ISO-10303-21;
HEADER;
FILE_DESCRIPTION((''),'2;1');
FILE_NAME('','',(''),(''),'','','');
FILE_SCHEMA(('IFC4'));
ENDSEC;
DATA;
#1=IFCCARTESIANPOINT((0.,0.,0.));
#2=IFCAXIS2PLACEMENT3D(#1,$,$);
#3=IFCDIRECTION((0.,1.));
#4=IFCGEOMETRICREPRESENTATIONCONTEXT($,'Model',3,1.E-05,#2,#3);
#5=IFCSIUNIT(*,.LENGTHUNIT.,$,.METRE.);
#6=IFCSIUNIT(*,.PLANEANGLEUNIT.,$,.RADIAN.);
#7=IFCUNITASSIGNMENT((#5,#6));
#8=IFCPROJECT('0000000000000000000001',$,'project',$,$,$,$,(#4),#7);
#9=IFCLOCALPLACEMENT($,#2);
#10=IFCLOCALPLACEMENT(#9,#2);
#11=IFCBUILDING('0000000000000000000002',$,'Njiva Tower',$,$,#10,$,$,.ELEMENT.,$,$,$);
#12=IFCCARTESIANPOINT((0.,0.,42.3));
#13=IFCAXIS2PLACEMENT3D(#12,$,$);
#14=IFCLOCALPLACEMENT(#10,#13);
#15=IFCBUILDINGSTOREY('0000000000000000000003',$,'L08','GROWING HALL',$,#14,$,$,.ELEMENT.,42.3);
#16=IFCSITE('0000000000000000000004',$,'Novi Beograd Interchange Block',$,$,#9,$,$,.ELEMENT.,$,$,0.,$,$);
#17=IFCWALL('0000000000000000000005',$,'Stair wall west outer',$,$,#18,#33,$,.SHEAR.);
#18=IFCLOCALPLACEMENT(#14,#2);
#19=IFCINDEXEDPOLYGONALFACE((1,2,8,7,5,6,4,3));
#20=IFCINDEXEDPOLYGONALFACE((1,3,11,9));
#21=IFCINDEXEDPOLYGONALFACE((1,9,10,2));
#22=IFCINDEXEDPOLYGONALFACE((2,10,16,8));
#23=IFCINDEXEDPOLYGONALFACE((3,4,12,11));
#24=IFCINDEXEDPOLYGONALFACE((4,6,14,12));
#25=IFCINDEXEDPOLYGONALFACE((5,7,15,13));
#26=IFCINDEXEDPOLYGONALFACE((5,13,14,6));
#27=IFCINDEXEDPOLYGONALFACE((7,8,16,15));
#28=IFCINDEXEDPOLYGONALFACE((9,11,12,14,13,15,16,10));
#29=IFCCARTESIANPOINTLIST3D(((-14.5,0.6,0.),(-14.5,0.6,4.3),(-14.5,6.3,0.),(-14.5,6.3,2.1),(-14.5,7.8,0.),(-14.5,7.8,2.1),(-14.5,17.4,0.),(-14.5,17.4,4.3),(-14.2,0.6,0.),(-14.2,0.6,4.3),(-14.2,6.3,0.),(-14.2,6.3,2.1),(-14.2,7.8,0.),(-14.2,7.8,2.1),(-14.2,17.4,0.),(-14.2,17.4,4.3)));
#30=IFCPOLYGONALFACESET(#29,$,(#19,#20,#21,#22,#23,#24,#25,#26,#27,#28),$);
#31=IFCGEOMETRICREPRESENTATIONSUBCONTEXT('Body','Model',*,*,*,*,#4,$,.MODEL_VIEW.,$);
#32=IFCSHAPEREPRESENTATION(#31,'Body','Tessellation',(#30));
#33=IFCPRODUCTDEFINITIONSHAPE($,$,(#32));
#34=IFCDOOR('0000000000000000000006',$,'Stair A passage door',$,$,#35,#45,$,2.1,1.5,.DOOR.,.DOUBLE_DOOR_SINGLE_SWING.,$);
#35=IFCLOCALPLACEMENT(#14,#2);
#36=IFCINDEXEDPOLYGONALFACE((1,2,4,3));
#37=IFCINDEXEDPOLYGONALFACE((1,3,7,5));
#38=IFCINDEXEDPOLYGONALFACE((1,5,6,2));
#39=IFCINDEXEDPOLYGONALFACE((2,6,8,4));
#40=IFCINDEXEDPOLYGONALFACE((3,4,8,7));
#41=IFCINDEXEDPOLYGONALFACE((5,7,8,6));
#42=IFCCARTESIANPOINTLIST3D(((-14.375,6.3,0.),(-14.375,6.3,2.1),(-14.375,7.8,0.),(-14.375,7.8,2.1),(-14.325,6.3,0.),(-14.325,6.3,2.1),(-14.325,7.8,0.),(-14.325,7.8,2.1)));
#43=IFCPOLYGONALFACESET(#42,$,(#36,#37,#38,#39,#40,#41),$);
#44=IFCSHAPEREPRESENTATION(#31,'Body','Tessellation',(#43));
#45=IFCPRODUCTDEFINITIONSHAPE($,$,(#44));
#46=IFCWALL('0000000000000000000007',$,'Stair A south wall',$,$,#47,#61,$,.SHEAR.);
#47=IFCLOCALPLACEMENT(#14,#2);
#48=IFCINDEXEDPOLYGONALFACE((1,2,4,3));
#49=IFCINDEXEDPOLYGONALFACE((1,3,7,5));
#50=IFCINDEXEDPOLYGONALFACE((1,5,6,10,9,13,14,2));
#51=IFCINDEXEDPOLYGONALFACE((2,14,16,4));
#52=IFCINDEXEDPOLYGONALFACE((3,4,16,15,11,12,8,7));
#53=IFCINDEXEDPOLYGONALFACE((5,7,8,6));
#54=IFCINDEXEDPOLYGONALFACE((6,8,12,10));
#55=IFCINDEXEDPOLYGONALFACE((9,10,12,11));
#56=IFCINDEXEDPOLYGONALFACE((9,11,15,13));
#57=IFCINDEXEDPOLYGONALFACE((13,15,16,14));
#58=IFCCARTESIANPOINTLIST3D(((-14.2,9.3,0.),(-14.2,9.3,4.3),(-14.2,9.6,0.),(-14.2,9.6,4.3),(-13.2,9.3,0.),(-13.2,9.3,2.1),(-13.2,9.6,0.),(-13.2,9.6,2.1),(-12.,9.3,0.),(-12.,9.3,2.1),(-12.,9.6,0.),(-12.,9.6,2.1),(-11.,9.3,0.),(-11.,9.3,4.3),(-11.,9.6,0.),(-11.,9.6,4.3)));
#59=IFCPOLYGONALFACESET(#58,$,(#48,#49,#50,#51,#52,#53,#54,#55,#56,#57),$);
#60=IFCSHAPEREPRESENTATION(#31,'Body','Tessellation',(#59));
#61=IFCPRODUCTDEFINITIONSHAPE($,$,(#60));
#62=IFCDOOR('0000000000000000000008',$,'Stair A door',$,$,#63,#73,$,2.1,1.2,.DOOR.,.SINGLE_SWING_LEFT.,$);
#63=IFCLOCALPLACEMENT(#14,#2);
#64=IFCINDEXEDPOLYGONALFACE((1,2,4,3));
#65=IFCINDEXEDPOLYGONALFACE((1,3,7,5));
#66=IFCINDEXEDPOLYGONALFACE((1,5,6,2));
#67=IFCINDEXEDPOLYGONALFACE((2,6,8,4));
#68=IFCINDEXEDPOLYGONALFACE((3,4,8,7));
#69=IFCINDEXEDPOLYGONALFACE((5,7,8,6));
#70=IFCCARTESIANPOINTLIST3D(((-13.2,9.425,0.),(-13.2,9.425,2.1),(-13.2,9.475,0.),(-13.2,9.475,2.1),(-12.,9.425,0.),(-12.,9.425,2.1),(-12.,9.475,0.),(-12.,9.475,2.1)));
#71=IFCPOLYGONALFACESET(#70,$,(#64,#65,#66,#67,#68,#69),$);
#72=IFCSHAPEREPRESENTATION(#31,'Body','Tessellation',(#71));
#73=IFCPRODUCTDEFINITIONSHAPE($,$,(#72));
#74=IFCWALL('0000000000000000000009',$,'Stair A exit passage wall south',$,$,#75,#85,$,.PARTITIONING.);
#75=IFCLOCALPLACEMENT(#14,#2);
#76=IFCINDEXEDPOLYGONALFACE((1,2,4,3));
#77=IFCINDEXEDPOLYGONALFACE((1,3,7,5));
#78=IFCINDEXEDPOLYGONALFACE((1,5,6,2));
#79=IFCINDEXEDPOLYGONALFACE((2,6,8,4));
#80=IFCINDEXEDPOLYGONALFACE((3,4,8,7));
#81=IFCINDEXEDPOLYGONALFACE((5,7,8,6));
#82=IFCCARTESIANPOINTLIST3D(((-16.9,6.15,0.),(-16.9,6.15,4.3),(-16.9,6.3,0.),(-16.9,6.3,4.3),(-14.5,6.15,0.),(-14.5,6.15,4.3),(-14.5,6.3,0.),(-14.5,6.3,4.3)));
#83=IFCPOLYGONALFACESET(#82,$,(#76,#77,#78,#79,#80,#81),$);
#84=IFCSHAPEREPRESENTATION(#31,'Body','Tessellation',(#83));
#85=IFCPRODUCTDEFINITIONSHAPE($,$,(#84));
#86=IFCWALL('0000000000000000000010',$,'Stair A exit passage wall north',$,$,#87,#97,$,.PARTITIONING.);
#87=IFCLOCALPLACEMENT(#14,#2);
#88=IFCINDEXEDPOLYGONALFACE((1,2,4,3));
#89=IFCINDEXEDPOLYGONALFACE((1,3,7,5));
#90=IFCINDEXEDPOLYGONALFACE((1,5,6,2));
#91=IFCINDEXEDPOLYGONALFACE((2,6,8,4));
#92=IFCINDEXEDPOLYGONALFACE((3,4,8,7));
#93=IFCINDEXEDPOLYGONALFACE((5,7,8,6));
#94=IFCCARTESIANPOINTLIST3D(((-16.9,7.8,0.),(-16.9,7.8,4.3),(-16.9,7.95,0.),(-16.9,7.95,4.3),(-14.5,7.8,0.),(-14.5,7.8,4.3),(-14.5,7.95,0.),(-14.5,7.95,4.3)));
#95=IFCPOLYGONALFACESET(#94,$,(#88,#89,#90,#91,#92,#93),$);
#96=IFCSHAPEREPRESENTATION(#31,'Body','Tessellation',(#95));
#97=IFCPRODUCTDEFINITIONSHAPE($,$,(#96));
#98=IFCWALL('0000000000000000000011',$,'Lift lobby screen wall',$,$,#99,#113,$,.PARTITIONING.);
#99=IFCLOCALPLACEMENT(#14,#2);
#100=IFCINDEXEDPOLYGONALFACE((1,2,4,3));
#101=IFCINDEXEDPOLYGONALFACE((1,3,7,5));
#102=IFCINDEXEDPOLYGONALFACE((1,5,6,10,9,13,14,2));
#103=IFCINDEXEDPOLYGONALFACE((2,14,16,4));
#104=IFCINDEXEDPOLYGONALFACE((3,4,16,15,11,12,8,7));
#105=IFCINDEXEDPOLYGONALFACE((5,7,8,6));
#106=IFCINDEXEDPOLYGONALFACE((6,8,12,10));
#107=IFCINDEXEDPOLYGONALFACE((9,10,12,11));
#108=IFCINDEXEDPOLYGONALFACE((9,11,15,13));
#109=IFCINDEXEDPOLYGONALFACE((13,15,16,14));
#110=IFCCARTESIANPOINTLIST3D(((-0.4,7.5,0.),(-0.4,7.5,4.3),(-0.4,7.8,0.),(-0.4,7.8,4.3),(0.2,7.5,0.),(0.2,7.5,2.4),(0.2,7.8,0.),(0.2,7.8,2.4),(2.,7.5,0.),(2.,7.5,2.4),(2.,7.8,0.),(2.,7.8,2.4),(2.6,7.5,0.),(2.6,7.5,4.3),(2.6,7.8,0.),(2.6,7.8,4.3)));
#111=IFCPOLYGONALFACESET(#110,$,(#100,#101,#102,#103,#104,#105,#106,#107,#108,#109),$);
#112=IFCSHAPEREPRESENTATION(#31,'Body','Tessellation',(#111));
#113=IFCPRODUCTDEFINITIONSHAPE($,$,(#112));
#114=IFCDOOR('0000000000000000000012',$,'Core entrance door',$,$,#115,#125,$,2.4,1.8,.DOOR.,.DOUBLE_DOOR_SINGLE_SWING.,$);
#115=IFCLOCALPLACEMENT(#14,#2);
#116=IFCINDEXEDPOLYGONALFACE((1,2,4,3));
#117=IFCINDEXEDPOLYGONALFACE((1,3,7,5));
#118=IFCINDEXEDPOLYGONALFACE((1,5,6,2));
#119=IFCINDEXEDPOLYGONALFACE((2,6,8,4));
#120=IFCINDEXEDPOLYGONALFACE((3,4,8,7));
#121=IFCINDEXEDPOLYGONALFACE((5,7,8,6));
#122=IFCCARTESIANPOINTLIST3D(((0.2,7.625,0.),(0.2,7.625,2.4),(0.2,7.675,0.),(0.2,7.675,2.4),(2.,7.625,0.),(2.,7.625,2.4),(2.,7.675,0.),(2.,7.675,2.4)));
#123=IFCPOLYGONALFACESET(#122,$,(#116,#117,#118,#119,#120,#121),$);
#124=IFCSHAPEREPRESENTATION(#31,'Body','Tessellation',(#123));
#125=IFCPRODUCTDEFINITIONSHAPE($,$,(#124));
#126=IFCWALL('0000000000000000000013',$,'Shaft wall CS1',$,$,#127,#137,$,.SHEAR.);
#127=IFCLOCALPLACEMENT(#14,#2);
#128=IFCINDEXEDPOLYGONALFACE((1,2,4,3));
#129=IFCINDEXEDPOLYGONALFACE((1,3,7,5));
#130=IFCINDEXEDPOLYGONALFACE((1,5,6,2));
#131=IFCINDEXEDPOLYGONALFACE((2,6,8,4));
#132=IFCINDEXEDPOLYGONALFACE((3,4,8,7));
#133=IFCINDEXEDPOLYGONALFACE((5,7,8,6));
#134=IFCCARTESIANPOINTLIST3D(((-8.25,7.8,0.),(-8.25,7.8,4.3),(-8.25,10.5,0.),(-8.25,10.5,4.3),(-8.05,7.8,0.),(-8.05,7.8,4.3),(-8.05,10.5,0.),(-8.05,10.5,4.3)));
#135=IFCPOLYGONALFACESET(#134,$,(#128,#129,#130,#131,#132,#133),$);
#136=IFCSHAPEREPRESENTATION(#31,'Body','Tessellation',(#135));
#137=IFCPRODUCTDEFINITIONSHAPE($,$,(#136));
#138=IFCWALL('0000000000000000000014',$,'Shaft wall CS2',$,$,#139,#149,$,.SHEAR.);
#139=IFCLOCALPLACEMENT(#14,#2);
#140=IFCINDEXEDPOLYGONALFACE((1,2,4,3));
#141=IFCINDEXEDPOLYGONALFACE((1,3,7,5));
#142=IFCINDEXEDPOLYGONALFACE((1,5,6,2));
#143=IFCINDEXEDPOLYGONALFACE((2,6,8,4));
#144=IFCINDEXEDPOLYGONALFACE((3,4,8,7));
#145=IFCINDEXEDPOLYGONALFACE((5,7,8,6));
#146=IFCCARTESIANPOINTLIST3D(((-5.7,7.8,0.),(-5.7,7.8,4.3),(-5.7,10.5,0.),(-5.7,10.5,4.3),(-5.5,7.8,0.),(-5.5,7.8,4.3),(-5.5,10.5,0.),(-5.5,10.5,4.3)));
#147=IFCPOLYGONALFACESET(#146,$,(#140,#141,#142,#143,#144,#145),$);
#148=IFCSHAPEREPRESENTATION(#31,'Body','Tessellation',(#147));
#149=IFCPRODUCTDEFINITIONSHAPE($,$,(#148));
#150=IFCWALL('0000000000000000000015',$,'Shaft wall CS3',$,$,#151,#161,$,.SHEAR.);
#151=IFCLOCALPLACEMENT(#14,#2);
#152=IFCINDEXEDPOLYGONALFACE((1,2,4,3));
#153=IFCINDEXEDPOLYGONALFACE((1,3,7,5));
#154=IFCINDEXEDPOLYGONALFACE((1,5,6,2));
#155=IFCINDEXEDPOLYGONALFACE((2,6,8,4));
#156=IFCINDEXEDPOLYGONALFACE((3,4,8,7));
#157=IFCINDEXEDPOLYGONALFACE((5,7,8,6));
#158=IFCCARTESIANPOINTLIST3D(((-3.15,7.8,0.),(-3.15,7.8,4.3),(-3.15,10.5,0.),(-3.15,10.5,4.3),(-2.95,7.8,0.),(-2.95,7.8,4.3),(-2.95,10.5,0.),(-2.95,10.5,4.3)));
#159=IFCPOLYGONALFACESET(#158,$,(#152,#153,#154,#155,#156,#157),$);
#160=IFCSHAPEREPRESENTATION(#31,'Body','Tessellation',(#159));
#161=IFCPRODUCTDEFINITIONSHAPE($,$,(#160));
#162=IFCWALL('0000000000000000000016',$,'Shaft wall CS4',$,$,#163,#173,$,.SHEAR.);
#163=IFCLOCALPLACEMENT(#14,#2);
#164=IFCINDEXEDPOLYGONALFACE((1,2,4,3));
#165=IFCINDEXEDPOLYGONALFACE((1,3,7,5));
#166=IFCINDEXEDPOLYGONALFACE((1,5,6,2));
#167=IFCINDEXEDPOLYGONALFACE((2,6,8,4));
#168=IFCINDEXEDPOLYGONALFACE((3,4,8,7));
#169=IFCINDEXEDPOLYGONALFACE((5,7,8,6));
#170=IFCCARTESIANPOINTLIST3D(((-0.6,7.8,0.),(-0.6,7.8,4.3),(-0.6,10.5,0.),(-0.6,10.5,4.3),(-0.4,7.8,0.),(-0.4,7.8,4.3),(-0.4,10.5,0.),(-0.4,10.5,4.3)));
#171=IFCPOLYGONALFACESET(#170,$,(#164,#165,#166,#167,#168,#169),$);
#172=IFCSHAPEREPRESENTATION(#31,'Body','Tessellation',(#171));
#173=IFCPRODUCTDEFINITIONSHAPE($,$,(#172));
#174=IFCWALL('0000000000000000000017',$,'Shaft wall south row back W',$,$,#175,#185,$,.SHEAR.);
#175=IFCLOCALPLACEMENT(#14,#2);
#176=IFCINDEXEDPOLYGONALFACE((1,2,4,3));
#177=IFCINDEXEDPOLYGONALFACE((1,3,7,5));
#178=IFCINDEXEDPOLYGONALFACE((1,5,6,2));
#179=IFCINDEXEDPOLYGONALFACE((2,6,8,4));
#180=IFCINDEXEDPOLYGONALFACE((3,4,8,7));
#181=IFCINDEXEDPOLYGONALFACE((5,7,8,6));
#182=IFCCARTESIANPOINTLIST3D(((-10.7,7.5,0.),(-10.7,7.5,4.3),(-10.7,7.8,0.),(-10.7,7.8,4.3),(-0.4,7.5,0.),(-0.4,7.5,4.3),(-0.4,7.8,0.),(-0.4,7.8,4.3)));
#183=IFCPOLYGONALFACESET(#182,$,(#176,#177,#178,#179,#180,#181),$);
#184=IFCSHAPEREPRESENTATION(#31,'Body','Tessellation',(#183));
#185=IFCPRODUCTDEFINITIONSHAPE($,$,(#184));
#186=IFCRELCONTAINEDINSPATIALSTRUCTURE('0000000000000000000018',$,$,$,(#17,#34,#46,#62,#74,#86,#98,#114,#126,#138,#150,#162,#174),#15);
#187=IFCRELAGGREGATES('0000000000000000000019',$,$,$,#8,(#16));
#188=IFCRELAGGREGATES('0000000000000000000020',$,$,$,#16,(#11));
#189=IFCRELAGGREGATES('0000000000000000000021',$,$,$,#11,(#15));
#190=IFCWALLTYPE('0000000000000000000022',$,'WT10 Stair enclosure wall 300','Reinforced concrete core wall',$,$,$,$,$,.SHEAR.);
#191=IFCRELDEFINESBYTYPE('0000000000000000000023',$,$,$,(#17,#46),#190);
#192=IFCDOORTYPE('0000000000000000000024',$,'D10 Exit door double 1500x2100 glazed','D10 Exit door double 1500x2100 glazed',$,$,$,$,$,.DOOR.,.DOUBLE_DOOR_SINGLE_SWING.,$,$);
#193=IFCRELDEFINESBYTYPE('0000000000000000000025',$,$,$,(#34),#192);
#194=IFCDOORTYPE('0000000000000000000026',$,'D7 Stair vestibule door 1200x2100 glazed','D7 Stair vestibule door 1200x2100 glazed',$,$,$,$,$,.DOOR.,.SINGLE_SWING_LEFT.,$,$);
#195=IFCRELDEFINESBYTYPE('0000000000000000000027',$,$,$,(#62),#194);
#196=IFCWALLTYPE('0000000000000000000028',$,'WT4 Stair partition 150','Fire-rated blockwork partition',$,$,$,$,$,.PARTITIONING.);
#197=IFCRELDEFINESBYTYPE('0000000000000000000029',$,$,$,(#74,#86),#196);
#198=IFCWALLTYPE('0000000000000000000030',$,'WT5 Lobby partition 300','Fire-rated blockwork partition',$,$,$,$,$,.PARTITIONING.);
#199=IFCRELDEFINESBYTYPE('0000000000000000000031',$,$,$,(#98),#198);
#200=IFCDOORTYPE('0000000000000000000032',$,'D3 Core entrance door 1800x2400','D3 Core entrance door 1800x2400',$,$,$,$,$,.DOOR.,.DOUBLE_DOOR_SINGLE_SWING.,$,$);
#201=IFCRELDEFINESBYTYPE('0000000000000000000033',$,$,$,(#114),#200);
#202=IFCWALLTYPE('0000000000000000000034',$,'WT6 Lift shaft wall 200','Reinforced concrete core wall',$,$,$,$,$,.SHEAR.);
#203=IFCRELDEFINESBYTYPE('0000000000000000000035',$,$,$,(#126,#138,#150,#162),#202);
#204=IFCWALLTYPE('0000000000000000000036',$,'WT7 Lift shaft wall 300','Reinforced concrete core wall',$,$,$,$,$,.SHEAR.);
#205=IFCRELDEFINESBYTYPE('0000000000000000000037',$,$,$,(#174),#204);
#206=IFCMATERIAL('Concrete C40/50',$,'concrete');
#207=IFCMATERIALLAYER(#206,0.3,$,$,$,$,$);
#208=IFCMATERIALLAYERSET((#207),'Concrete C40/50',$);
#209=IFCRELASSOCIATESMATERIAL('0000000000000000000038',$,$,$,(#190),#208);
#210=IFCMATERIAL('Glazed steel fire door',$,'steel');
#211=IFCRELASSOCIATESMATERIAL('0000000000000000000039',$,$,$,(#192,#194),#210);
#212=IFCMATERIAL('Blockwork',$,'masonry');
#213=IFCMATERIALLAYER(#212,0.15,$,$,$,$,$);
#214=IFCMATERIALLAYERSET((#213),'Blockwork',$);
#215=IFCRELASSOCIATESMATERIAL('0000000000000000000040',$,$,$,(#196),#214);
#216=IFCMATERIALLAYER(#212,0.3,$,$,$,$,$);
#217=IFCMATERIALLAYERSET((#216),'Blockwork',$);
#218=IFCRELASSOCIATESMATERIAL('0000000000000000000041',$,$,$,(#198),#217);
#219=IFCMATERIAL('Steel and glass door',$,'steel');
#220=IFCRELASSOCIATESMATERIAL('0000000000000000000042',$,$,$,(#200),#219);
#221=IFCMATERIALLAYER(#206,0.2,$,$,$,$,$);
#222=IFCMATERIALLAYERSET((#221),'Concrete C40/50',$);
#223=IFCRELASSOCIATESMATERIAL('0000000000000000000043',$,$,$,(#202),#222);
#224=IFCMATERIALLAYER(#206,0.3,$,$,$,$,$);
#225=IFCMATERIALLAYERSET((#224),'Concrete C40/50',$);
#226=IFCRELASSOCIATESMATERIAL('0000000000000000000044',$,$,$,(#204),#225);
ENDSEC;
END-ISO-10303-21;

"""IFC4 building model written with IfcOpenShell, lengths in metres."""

from ifc_helpers import new_model, si_unit, direction, frame, frame_2d, origin, place, context, subcontext, project, spatial, rectangle, extrude, material, layer, layer_set, type_object, element, fill, save


model = new_model("IFC4")

# Units and contexts
model_context = context("Model", 3, precision=1e-05, world=origin(), true_north=direction((0.0, 1.0)))
body_context = subcontext(model_context, "Body", "Model", "MODEL_VIEW")
ifc_project = project(units=[si_unit("LENGTHUNIT", "METRE"), si_unit("PLANEANGLEUNIT", "RADIAN")], contexts=[model_context])

# Site, building, storey
site_placement = place(None, origin())
site = spatial("IfcSite", under=ifc_project, at=site_placement, Name="Novi Beograd Interchange Block", CompositionType="ELEMENT", RefElevation=0.0)
building_placement = place(site_placement, origin())
building = spatial("IfcBuilding", under=site, at=building_placement, Name="Njiva Tower", CompositionType="ELEMENT")
storey_placement = place(building_placement, frame((0.0, 0.0, 42.3)))
storey = spatial("IfcBuildingStorey", under=building, at=storey_placement, Name="L08", Description="GROWING HALL", CompositionType="ELEMENT", Elevation=42.3)

# Shared definitions
ifc_material_1 = material(Name="Blockwork", Category="masonry")

# Shared definitions
ifc_material_2 = material(Name="Concrete C40/50", Category="concrete")
ifc_layer_1 = layer(ifc_material_2, 0.3)
ifc_layer_set_1 = layer_set([ifc_layer_1], Name="Concrete C40/50")
wall_type_1 = type_object("IfcWallType", Name="WT10 Stair enclosure wall 300", Description="Reinforced concrete core wall", PredefinedType="SHEAR", material=ifc_layer_set_1)
ifc_material_3 = material(Name="Glazed steel fire door", Category="steel")

# Walls, openings, doors
wall_1_placement = place(storey_placement, frame((-14.35, 0.6, 0.0), z_axis=(0.0, 0.0, 1.0), x_axis=(0.0, 1.0, 0.0)))
wall_1 = element("IfcWall", 1, at=wall_1_placement, inside=storey, type_object=wall_type_1, Name="Stair wall west outer", PredefinedType="SHEAR", context=body_context, shape_type="SweptSolid", body=[
    extrude(rectangle(XDim=16.8, YDim=0.3, at=frame_2d((8.4, 0.0))), origin(), (0.0, 0.0, 1.0), 4.3),
])
opening_1_placement = place(wall_1_placement, frame((5.7, 0.0, 0.0)))
opening_1 = element("IfcOpeningElement", 2, at=opening_1_placement, cuts=wall_1, PredefinedType="OPENING", context=body_context, shape_type="SweptSolid", body=[
    extrude(rectangle(XDim=1.5, YDim=2.1, at=frame_2d((0.75, 1.05))), frame((0.0, 0.16, 0.0), z_axis=(0.0, -1.0, 0.0), x_axis=(1.0, 0.0, 0.0)), (0.0, 0.0, 1.0), 0.32),
])
door_type_1 = type_object("IfcDoorType", Name="D10 Exit door double 1500x2100 glazed", Description="D10 Exit door double 1500x2100 glazed", OperationType="DOUBLE_DOOR_SINGLE_SWING", PredefinedType="DOOR", material=ifc_material_3)
door_1_placement = place(opening_1_placement, origin())
door_1 = element("IfcDoor", 3, at=door_1_placement, inside=storey, type_object=door_type_1, Name="Stair A passage door", OperationType="DOUBLE_DOOR_SINGLE_SWING", OverallHeight=2.1, OverallWidth=1.5, PredefinedType="DOOR", context=body_context, shape_type="SweptSolid", body=[
    extrude(rectangle(XDim=1.5, YDim=2.1, at=frame_2d((0.75, 1.05))), frame((0.0, 0.025, 0.0), z_axis=(0.0, -1.0, 0.0), x_axis=(1.0, 0.0, 0.0)), (0.0, 0.0, 1.0), 0.05),
])
fill(opening_1, door_1)
wall_2_placement = place(storey_placement, frame((-14.2, 9.45, 0.0), z_axis=(0.0, 0.0, 1.0), x_axis=(1.0, 0.0, 0.0)))
wall_2 = element("IfcWall", 4, at=wall_2_placement, inside=storey, type_object=wall_type_1, Name="Stair A south wall", PredefinedType="SHEAR", context=body_context, shape_type="SweptSolid", body=[
    extrude(rectangle(XDim=3.2, YDim=0.3, at=frame_2d((1.6, 0.0))), origin(), (0.0, 0.0, 1.0), 4.3),
])
opening_2_placement = place(wall_2_placement, frame((1.0, 0.0, 0.0)))
opening_2 = element("IfcOpeningElement", 5, at=opening_2_placement, cuts=wall_2, PredefinedType="OPENING", context=body_context, shape_type="SweptSolid", body=[
    extrude(rectangle(XDim=1.2, YDim=2.1, at=frame_2d((0.6, 1.05))), frame((0.0, 0.16, 0.0), z_axis=(0.0, -1.0, 0.0), x_axis=(1.0, 0.0, 0.0)), (0.0, 0.0, 1.0), 0.32),
])
door_type_2 = type_object("IfcDoorType", Name="D7 Stair vestibule door 1200x2100 glazed", Description="D7 Stair vestibule door 1200x2100 glazed", OperationType="SINGLE_SWING_LEFT", PredefinedType="DOOR", material=ifc_material_3)
door_2_placement = place(opening_2_placement, origin())
door_2 = element("IfcDoor", 6, at=door_2_placement, inside=storey, type_object=door_type_2, Name="Stair A door", OperationType="SINGLE_SWING_LEFT", OverallHeight=2.1, OverallWidth=1.2, PredefinedType="DOOR", context=body_context, shape_type="SweptSolid", body=[
    extrude(rectangle(XDim=1.2, YDim=2.1, at=frame_2d((0.6, 1.05))), frame((0.0, 0.025, 0.0), z_axis=(0.0, -1.0, 0.0), x_axis=(1.0, 0.0, 0.0)), (0.0, 0.0, 1.0), 0.05),
])
fill(opening_2, door_2)

# Walls
ifc_layer_2 = layer(ifc_material_1, 0.15)
ifc_layer_set_2 = layer_set([ifc_layer_2], Name="Blockwork")
wall_type_2 = type_object("IfcWallType", Name="WT4 Stair partition 150", Description="Fire-rated blockwork partition", PredefinedType="PARTITIONING", material=ifc_layer_set_2)
for number, where, z_axis, x_axis, name in (
    (7, (-16.9, 6.225, 0.0), (0.0, 0.0, 1.0), (1.0, 0.0, 0.0), "Stair A exit passage wall south"),
    (8, (-16.9, 7.875, 0.0), (0.0, 0.0, 1.0), (1.0, 0.0, 0.0), "Stair A exit passage wall north"),
):
    element("IfcWall", number, at=place(storey_placement, frame(where, z_axis=z_axis, x_axis=x_axis)), inside=storey, type_object=wall_type_2, Name=name, PredefinedType="PARTITIONING", context=body_context, shape_type="SweptSolid", body=[
        extrude(rectangle(XDim=2.4, YDim=0.15, at=frame_2d((1.2, 0.0))), origin(), (0.0, 0.0, 1.0), 4.3),
    ])

# Wall, opening, door
ifc_layer_3 = layer(ifc_material_1, 0.3)
ifc_layer_set_3 = layer_set([ifc_layer_3], Name="Blockwork")
wall_type_3 = type_object("IfcWallType", Name="WT5 Lobby partition 300", Description="Fire-rated blockwork partition", PredefinedType="PARTITIONING", material=ifc_layer_set_3)
wall_3_placement = place(storey_placement, frame((-0.4, 7.65, 0.0), z_axis=(0.0, 0.0, 1.0), x_axis=(1.0, 0.0, 0.0)))
wall_3 = element("IfcWall", 9, at=wall_3_placement, inside=storey, type_object=wall_type_3, Name="Lift lobby screen wall", PredefinedType="PARTITIONING", context=body_context, shape_type="SweptSolid", body=[
    extrude(rectangle(XDim=3.0, YDim=0.3, at=frame_2d((1.5, 0.0))), origin(), (0.0, 0.0, 1.0), 4.3),
])
opening_3_placement = place(wall_3_placement, frame((0.6, 0.0, 0.0)))
opening_3 = element("IfcOpeningElement", 10, at=opening_3_placement, cuts=wall_3, PredefinedType="OPENING", context=body_context, shape_type="SweptSolid", body=[
    extrude(rectangle(XDim=1.8, YDim=2.4, at=frame_2d((0.9, 1.2))), frame((0.0, 0.16, 0.0), z_axis=(0.0, -1.0, 0.0), x_axis=(1.0, 0.0, 0.0)), (0.0, 0.0, 1.0), 0.32),
])
ifc_material_4 = material(Name="Steel and glass door", Category="steel")
door_type_3 = type_object("IfcDoorType", Name="D3 Core entrance door 1800x2400", Description="D3 Core entrance door 1800x2400", OperationType="DOUBLE_DOOR_SINGLE_SWING", PredefinedType="DOOR", material=ifc_material_4)
door_3_placement = place(opening_3_placement, origin())
door_3 = element("IfcDoor", 11, at=door_3_placement, inside=storey, type_object=door_type_3, Name="Core entrance door", OperationType="DOUBLE_DOOR_SINGLE_SWING", OverallHeight=2.4, OverallWidth=1.8, PredefinedType="DOOR", context=body_context, shape_type="SweptSolid", body=[
    extrude(rectangle(XDim=1.8, YDim=2.4, at=frame_2d((0.9, 1.2))), frame((0.0, 0.025, 0.0), z_axis=(0.0, -1.0, 0.0), x_axis=(1.0, 0.0, 0.0)), (0.0, 0.0, 1.0), 0.05),
])
fill(opening_3, door_3)

# Walls
ifc_layer_4 = layer(ifc_material_2, 0.2)
ifc_layer_set_4 = layer_set([ifc_layer_4], Name="Concrete C40/50")
wall_type_4 = type_object("IfcWallType", Name="WT6 Lift shaft wall 200", Description="Reinforced concrete core wall", PredefinedType="SHEAR", material=ifc_layer_set_4)
for number, where, z_axis, x_axis, name in (
    (12, (-8.15, 7.8, 0.0), (0.0, 0.0, 1.0), (0.0, 1.0, 0.0), "Shaft wall CS1"),
    (13, (-5.6, 7.8, 0.0), (0.0, 0.0, 1.0), (0.0, 1.0, 0.0), "Shaft wall CS2"),
    (14, (-3.05, 7.8, 0.0), (0.0, 0.0, 1.0), (0.0, 1.0, 0.0), "Shaft wall CS3"),
    (15, (-0.5, 7.8, 0.0), (0.0, 0.0, 1.0), (0.0, 1.0, 0.0), "Shaft wall CS4"),
):
    element("IfcWall", number, at=place(storey_placement, frame(where, z_axis=z_axis, x_axis=x_axis)), inside=storey, type_object=wall_type_4, Name=name, PredefinedType="SHEAR", context=body_context, shape_type="SweptSolid", body=[
        extrude(rectangle(XDim=2.7, YDim=0.2, at=frame_2d((1.35, 0.0))), origin(), (0.0, 0.0, 1.0), 4.3),
    ])
ifc_layer_5 = layer(ifc_material_2, 0.3)
ifc_layer_set_5 = layer_set([ifc_layer_5], Name="Concrete C40/50")
wall_type_5 = type_object("IfcWallType", Name="WT7 Lift shaft wall 300", Description="Reinforced concrete core wall", PredefinedType="SHEAR", material=ifc_layer_set_5)
wall_4_placement = place(storey_placement, frame((-10.7, 7.65, 0.0), z_axis=(0.0, 0.0, 1.0), x_axis=(1.0, 0.0, 0.0)))
element("IfcWall", 16, at=wall_4_placement, inside=storey, type_object=wall_type_5, Name="Shaft wall south row back W", PredefinedType="SHEAR", context=body_context, shape_type="SweptSolid", body=[
    extrude(rectangle(XDim=10.3, YDim=0.3, at=frame_2d((5.15, 0.0))), origin(), (0.0, 0.0, 1.0), 4.3),
])

save(model, "model.ifc")
